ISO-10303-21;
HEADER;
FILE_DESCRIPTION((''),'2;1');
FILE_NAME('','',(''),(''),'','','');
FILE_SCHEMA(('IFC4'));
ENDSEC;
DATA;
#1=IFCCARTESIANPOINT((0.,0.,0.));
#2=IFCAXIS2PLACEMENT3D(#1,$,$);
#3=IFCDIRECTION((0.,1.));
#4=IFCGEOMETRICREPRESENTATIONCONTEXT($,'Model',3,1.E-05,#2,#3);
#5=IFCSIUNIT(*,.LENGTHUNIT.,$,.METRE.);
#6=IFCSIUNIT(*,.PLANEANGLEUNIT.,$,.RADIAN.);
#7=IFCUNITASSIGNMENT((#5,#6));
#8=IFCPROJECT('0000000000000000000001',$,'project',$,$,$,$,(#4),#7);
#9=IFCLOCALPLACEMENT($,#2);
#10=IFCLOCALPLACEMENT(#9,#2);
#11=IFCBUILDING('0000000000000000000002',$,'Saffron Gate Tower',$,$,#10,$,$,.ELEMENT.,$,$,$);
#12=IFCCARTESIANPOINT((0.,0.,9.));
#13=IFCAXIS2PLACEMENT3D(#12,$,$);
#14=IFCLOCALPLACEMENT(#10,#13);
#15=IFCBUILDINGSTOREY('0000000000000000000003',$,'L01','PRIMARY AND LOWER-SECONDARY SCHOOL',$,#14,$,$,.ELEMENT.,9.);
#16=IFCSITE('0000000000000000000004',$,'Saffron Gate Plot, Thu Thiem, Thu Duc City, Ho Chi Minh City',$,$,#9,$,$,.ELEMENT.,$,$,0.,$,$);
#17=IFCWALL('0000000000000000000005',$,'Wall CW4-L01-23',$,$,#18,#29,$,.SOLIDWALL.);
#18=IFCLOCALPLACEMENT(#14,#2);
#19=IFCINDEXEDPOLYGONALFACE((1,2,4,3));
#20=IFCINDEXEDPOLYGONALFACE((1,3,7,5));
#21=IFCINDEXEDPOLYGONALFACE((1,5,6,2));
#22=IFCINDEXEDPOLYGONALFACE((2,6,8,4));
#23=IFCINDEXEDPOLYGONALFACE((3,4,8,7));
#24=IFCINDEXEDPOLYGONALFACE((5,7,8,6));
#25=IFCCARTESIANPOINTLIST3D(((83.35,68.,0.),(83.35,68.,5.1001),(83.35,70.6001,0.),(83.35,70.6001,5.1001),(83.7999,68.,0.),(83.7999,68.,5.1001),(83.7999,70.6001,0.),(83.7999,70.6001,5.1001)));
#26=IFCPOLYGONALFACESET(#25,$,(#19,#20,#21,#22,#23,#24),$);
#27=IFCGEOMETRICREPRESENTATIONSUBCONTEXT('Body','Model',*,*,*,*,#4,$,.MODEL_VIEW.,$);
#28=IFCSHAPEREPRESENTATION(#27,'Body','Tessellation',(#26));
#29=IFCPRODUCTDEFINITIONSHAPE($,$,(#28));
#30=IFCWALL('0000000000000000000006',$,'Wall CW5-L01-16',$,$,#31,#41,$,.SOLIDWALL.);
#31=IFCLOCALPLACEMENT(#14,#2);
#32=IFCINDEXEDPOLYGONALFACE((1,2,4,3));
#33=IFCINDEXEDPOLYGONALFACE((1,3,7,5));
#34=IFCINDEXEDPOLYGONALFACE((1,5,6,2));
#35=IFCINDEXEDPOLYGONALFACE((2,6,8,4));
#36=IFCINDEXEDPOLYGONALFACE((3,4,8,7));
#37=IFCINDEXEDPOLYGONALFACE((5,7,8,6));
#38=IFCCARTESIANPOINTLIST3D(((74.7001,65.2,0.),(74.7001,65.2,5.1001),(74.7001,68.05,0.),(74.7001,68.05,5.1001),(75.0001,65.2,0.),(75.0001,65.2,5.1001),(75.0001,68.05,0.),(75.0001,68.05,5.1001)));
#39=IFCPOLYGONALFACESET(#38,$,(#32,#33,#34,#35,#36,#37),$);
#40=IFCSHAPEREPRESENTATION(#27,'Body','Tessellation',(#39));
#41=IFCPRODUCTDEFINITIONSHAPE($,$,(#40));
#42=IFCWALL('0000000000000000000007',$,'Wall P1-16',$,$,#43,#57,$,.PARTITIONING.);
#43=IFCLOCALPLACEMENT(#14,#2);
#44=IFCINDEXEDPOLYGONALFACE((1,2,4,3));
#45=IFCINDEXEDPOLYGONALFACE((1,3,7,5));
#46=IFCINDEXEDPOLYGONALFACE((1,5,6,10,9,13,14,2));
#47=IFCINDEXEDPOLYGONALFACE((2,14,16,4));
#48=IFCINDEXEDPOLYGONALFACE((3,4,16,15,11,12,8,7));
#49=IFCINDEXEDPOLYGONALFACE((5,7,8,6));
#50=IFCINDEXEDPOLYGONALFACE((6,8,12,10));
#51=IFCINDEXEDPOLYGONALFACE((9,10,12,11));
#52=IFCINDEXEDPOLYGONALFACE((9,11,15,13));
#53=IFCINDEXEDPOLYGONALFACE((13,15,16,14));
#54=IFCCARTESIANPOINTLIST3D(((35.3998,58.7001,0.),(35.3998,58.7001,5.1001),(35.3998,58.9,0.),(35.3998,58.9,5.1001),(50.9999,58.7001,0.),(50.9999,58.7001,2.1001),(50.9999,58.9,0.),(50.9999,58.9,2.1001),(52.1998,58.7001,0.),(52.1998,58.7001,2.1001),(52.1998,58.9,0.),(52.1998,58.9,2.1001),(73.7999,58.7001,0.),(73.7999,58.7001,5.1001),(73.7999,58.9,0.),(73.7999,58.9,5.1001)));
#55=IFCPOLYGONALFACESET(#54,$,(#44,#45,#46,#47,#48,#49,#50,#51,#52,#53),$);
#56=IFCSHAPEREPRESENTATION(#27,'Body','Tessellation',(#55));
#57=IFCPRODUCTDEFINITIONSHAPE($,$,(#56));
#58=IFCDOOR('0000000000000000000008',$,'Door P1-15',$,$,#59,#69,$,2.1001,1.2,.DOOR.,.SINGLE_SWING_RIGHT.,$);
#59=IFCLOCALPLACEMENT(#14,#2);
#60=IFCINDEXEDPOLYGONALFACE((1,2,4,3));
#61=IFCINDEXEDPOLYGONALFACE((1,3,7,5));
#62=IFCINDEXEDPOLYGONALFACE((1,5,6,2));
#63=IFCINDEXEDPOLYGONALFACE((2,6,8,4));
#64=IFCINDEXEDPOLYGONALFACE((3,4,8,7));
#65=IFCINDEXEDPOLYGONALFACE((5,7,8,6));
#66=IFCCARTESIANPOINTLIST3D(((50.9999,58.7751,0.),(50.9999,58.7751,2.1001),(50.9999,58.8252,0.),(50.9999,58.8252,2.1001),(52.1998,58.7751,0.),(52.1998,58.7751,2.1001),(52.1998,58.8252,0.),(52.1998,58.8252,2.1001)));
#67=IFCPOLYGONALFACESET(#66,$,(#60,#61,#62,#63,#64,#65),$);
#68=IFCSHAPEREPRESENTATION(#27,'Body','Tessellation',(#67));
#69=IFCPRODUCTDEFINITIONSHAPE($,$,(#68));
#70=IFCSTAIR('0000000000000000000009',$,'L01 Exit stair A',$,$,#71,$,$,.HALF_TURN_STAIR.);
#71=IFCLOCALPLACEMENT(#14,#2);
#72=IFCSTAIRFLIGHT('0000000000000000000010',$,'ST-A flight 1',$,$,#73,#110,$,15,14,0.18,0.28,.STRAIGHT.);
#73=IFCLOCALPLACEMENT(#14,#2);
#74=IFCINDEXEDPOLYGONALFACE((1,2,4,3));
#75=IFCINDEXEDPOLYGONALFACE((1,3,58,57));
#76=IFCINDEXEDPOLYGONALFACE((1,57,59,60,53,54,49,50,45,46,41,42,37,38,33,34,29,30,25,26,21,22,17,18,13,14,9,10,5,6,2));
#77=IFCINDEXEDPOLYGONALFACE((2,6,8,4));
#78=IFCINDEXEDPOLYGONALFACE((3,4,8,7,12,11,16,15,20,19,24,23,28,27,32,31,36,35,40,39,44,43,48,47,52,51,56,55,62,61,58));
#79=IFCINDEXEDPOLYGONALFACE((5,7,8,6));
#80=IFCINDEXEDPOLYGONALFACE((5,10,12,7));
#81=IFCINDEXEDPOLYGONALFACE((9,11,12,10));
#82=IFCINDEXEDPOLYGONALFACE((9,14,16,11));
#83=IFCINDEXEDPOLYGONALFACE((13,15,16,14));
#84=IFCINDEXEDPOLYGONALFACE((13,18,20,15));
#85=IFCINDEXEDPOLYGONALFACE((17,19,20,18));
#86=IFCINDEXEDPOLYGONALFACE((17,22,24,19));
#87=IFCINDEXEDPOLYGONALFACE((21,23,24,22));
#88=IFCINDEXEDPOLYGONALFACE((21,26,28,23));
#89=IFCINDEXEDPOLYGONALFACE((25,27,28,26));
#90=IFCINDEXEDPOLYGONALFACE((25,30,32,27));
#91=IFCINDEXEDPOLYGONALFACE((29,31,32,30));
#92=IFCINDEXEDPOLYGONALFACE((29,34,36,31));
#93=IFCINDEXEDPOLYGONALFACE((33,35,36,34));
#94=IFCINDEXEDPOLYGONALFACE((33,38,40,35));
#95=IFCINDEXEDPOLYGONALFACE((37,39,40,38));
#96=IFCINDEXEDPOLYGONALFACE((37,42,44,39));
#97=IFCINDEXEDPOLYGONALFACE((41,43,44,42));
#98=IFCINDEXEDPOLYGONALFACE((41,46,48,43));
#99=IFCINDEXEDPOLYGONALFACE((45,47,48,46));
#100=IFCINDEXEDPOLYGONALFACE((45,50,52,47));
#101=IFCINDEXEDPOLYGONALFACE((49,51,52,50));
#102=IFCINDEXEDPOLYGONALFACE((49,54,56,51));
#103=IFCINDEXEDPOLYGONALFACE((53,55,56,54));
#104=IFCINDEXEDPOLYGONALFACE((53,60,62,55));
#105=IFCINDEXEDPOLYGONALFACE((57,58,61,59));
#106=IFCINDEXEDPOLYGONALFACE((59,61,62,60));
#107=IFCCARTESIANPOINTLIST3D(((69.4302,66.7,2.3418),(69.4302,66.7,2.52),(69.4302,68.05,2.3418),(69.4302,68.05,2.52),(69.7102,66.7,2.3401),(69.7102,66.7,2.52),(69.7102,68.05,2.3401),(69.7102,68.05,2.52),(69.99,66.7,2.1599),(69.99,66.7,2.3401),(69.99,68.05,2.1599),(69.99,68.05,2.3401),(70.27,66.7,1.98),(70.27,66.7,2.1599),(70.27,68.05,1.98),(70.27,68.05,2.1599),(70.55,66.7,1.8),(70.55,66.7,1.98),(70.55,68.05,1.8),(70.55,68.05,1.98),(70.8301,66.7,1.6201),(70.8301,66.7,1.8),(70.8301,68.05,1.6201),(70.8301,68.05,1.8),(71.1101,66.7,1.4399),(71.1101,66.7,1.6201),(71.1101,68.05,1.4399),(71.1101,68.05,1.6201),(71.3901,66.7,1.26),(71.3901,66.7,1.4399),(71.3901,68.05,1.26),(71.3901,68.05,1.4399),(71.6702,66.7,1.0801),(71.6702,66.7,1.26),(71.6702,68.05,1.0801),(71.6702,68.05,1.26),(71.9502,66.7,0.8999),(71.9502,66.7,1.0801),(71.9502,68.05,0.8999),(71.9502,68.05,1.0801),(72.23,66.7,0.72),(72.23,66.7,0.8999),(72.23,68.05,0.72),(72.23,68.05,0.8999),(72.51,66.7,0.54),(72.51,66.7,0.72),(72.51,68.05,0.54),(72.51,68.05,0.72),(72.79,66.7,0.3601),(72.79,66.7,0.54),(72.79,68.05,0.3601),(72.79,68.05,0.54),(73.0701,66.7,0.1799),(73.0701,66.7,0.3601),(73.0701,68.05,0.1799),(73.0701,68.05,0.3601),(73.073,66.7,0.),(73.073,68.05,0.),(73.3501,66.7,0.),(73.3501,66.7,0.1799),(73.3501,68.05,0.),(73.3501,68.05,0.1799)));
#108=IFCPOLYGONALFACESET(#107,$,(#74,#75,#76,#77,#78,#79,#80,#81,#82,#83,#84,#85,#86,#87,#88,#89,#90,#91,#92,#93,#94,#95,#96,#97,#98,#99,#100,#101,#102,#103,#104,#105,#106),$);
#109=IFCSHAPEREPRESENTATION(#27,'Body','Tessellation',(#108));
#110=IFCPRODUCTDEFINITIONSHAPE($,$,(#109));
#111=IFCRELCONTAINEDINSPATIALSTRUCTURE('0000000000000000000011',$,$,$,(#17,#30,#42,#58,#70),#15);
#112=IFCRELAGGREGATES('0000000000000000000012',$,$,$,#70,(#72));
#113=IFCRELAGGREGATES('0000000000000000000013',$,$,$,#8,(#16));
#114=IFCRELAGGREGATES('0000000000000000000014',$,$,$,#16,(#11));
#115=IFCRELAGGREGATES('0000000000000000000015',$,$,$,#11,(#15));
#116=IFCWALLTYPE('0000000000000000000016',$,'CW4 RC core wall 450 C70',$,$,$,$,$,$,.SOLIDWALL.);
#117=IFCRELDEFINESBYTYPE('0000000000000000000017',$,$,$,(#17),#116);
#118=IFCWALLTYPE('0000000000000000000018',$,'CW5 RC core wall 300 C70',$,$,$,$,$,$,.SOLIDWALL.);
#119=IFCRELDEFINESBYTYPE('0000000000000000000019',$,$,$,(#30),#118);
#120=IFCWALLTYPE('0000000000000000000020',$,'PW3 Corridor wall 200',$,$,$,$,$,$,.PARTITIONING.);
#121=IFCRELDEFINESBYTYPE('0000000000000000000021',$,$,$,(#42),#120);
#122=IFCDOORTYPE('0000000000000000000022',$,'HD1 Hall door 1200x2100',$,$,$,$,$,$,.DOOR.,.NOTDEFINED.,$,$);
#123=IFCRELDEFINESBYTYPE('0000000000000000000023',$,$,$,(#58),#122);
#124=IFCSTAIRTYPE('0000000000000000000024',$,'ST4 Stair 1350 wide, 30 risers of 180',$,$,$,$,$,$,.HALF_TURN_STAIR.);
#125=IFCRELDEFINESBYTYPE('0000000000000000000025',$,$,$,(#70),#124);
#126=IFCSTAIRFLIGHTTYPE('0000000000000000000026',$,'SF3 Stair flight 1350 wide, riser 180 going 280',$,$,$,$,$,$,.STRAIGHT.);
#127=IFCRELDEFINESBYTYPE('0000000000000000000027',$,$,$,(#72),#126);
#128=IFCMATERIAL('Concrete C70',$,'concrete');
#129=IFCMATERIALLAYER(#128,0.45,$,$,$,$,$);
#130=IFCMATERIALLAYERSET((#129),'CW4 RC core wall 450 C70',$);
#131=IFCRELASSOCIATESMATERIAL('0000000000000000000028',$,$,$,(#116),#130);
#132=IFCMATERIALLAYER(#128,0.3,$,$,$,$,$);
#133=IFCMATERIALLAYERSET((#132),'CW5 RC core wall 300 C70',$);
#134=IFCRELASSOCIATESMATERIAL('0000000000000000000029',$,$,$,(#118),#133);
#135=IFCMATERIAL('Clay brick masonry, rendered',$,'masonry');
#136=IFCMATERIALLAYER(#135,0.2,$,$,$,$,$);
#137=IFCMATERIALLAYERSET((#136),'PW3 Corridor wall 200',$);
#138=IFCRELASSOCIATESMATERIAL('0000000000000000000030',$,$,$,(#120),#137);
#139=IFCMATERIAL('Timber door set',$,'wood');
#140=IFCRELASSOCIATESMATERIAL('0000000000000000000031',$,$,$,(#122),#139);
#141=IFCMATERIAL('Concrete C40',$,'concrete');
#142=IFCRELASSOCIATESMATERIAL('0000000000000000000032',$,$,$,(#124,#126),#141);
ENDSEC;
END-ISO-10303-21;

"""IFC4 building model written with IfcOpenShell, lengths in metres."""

from ifc_helpers import new_model, si_unit, direction, frame, frame_2d, origin, place, context, subcontext, project, spatial, polyline, rectangle, outline, extrude, material, layer, layer_set, type_object, element, fill, aggregate, save


model = new_model("IFC4")

# Units and contexts
model_context = context("Model", 3, precision=1e-05, world=origin(), true_north=direction((0.0, 1.0)))
body_context = subcontext(model_context, "Body", "Model", "MODEL_VIEW")
ifc_project = project(units=[si_unit("LENGTHUNIT", "METRE"), si_unit("PLANEANGLEUNIT", "RADIAN")], contexts=[model_context])

# Site, building, storey
site_placement = place(None, origin())
site = spatial("IfcSite", under=ifc_project, at=site_placement, Name="Saffron Gate Plot, Thu Thiem, Thu Duc City, Ho Chi Minh City", CompositionType="ELEMENT", RefElevation=0.0)
building_placement = place(site_placement, origin())
building = spatial("IfcBuilding", under=site, at=building_placement, Name="Saffron Gate Tower", CompositionType="ELEMENT")
storey_placement = place(building_placement, frame((0.0, 0.0, 9.0)))
storey = spatial("IfcBuildingStorey", under=building, at=storey_placement, Name="L01", Description="PRIMARY AND LOWER-SECONDARY SCHOOL", CompositionType="ELEMENT", Elevation=9.0)

# Shared definitions
ifc_material_1 = material(Name="Concrete C70", Category="concrete")

# Walls
ifc_layer_1 = layer(ifc_material_1, 0.45)
ifc_layer_set_1 = layer_set([ifc_layer_1], Name="CW4 RC core wall 450 C70")
wall_type_1 = type_object("IfcWallType", Name="CW4 RC core wall 450 C70", PredefinedType="SOLIDWALL", material=ifc_layer_set_1)
for number, where, z_axis, x_axis, name in (
    (1, (83.575, 68.0, 0.0), (0.0, 0.0, 1.0), (0.0, 1.0, 0.0), "Wall CW4-L01-23"),
):
    element("IfcWall", number, at=place(storey_placement, frame(where, z_axis=z_axis, x_axis=x_axis)), inside=storey, type_object=wall_type_1, Name=name, PredefinedType="SOLIDWALL", context=body_context, shape_type="SweptSolid", body=[
        extrude(rectangle(XDim=2.6001, YDim=0.45, at=frame_2d((1.3, 0.0))), origin(), (0.0, 0.0, 1.0), 5.1001),
    ])
ifc_layer_2 = layer(ifc_material_1, 0.3)
ifc_layer_set_2 = layer_set([ifc_layer_2], Name="CW5 RC core wall 300 C70")
wall_type_2 = type_object("IfcWallType", Name="CW5 RC core wall 300 C70", PredefinedType="SOLIDWALL", material=ifc_layer_set_2)
wall_1_placement = place(storey_placement, frame((74.8501, 65.2, 0.0), z_axis=(0.0, 0.0, 1.0), x_axis=(0.0, 1.0, 0.0)))
element("IfcWall", 2, at=wall_1_placement, inside=storey, type_object=wall_type_2, Name="Wall CW5-L01-16", PredefinedType="SOLIDWALL", context=body_context, shape_type="SweptSolid", body=[
    extrude(rectangle(XDim=2.8501, YDim=0.3, at=frame_2d((1.425, 0.0))), origin(), (0.0, 0.0, 1.0), 5.1001),
])

# Wall, opening, door
ifc_material_2 = material(Name="Clay brick masonry, rendered", Category="masonry")
ifc_layer_3 = layer(ifc_material_2, 0.2)
ifc_layer_set_3 = layer_set([ifc_layer_3], Name="PW3 Corridor wall 200")
wall_type_3 = type_object("IfcWallType", Name="PW3 Corridor wall 200", PredefinedType="PARTITIONING", material=ifc_layer_set_3)
wall_2_placement = place(storey_placement, frame((73.8, 58.8, 0.0), z_axis=(0.0, 0.0, 1.0), x_axis=(-1.0, 0.0, 0.0)))
wall_2 = element("IfcWall", 3, at=wall_2_placement, inside=storey, type_object=wall_type_3, Name="Wall P1-16", PredefinedType="PARTITIONING", context=body_context, shape_type="SweptSolid", body=[
    extrude(rectangle(XDim=38.4001, YDim=0.2, at=frame_2d((19.2002, 0.0))), origin(), (0.0, 0.0, 1.0), 5.1001),
])
opening_1_placement = place(wall_2_placement, frame((21.6001, 0.0, 0.0)))
opening_1 = element("IfcOpeningElement", 4, at=opening_1_placement, cuts=wall_2, PredefinedType="OPENING", context=body_context, shape_type="SweptSolid", body=[
    extrude(rectangle(XDim=1.2, YDim=2.1001, at=frame_2d((0.6001, 1.05))), frame((0.0, 0.1099, 0.0), z_axis=(0.0, -1.0, 0.0), x_axis=(1.0, 0.0, 0.0)), (0.0, 0.0, 1.0), 0.22),
])
ifc_material_3 = material(Name="Timber door set", Category="wood")
door_type_1 = type_object("IfcDoorType", Name="HD1 Hall door 1200x2100", OperationType="NOTDEFINED", PredefinedType="DOOR", material=ifc_material_3)
door_1_placement = place(opening_1_placement, origin())
door_1 = element("IfcDoor", 5, at=door_1_placement, inside=storey, type_object=door_type_1, Name="Door P1-15", OperationType="SINGLE_SWING_RIGHT", OverallHeight=2.1001, OverallWidth=1.2, PredefinedType="DOOR", context=body_context, shape_type="SweptSolid", body=[
    extrude(rectangle(XDim=1.2, YDim=2.1001, at=frame_2d((0.6001, 1.05))), frame((0.0, 0.0249, 0.0), z_axis=(0.0, -1.0, 0.0), x_axis=(1.0, 0.0, 0.0)), (0.0, 0.0, 1.0), 0.05),
])
fill(opening_1, door_1)

# Stair, stair flight
ifc_material_4 = material(Name="Concrete C40", Category="concrete")
stair_type = type_object("IfcStairType", Name="ST4 Stair 1350 wide, 30 risers of 180", PredefinedType="HALF_TURN_STAIR", material=ifc_material_4)
stair_placement = place(storey_placement, origin())
stair = element("IfcStair", 6, at=stair_placement, inside=storey, type_object=stair_type, Name="L01 Exit stair A", PredefinedType="HALF_TURN_STAIR")
stair_flight_type = type_object("IfcStairFlightType", Name="SF3 Stair flight 1350 wide, riser 180 going 280", PredefinedType="STRAIGHT", material=ifc_material_4)
stair_flight_placement = place(storey_placement, frame((73.3501, 67.375, 0.0), z_axis=(0.0, 0.0, 1.0), x_axis=(-1.0, 0.0, 0.0)))
stair_flight = element("IfcStairFlight", 7, at=stair_flight_placement, type_object=stair_flight_type, Name="ST-A flight 1", NumberOfRisers=15, NumberOfTreads=14, PredefinedType="STRAIGHT", RiserHeight=0.18, TreadLength=0.28, context=body_context, shape_type="SweptSolid", body=[
    extrude(outline(polyline([(0.0, 0.0), (0.0, 0.1799), (0.28, 0.1799), (0.28, 0.3601), (0.5601, 0.3601), (0.5601, 0.54), (0.8401, 0.54), (0.8401, 0.72), (1.1201, 0.72), (1.1201, 0.8999), (1.3999, 0.8999), (1.3999, 1.0801), (1.6799, 1.0801), (1.6799, 1.26), (1.96, 1.26), (1.96, 1.4399), (2.24, 1.4399), (2.24, 1.6201), (2.52, 1.6201), (2.52, 1.8), (2.8, 1.8), (2.8, 1.98), (3.0801, 1.98), (3.0801, 2.1599), (3.3601, 2.1599), (3.3601, 2.3401), (3.6399, 2.3401), (3.6399, 2.52), (3.9199, 2.52), (3.9199, 2.7), (3.9199, 2.3418), (0.2771, 0.0), (0.0, 0.0)])), frame((0.0, 0.675, 0.0), z_axis=(0.0, -1.0, 0.0), x_axis=(1.0, 0.0, 0.0)), (0.0, 0.0, 1.0), 1.3501),
])
aggregate(stair, [stair_flight])

save(model, "model.ifc")
